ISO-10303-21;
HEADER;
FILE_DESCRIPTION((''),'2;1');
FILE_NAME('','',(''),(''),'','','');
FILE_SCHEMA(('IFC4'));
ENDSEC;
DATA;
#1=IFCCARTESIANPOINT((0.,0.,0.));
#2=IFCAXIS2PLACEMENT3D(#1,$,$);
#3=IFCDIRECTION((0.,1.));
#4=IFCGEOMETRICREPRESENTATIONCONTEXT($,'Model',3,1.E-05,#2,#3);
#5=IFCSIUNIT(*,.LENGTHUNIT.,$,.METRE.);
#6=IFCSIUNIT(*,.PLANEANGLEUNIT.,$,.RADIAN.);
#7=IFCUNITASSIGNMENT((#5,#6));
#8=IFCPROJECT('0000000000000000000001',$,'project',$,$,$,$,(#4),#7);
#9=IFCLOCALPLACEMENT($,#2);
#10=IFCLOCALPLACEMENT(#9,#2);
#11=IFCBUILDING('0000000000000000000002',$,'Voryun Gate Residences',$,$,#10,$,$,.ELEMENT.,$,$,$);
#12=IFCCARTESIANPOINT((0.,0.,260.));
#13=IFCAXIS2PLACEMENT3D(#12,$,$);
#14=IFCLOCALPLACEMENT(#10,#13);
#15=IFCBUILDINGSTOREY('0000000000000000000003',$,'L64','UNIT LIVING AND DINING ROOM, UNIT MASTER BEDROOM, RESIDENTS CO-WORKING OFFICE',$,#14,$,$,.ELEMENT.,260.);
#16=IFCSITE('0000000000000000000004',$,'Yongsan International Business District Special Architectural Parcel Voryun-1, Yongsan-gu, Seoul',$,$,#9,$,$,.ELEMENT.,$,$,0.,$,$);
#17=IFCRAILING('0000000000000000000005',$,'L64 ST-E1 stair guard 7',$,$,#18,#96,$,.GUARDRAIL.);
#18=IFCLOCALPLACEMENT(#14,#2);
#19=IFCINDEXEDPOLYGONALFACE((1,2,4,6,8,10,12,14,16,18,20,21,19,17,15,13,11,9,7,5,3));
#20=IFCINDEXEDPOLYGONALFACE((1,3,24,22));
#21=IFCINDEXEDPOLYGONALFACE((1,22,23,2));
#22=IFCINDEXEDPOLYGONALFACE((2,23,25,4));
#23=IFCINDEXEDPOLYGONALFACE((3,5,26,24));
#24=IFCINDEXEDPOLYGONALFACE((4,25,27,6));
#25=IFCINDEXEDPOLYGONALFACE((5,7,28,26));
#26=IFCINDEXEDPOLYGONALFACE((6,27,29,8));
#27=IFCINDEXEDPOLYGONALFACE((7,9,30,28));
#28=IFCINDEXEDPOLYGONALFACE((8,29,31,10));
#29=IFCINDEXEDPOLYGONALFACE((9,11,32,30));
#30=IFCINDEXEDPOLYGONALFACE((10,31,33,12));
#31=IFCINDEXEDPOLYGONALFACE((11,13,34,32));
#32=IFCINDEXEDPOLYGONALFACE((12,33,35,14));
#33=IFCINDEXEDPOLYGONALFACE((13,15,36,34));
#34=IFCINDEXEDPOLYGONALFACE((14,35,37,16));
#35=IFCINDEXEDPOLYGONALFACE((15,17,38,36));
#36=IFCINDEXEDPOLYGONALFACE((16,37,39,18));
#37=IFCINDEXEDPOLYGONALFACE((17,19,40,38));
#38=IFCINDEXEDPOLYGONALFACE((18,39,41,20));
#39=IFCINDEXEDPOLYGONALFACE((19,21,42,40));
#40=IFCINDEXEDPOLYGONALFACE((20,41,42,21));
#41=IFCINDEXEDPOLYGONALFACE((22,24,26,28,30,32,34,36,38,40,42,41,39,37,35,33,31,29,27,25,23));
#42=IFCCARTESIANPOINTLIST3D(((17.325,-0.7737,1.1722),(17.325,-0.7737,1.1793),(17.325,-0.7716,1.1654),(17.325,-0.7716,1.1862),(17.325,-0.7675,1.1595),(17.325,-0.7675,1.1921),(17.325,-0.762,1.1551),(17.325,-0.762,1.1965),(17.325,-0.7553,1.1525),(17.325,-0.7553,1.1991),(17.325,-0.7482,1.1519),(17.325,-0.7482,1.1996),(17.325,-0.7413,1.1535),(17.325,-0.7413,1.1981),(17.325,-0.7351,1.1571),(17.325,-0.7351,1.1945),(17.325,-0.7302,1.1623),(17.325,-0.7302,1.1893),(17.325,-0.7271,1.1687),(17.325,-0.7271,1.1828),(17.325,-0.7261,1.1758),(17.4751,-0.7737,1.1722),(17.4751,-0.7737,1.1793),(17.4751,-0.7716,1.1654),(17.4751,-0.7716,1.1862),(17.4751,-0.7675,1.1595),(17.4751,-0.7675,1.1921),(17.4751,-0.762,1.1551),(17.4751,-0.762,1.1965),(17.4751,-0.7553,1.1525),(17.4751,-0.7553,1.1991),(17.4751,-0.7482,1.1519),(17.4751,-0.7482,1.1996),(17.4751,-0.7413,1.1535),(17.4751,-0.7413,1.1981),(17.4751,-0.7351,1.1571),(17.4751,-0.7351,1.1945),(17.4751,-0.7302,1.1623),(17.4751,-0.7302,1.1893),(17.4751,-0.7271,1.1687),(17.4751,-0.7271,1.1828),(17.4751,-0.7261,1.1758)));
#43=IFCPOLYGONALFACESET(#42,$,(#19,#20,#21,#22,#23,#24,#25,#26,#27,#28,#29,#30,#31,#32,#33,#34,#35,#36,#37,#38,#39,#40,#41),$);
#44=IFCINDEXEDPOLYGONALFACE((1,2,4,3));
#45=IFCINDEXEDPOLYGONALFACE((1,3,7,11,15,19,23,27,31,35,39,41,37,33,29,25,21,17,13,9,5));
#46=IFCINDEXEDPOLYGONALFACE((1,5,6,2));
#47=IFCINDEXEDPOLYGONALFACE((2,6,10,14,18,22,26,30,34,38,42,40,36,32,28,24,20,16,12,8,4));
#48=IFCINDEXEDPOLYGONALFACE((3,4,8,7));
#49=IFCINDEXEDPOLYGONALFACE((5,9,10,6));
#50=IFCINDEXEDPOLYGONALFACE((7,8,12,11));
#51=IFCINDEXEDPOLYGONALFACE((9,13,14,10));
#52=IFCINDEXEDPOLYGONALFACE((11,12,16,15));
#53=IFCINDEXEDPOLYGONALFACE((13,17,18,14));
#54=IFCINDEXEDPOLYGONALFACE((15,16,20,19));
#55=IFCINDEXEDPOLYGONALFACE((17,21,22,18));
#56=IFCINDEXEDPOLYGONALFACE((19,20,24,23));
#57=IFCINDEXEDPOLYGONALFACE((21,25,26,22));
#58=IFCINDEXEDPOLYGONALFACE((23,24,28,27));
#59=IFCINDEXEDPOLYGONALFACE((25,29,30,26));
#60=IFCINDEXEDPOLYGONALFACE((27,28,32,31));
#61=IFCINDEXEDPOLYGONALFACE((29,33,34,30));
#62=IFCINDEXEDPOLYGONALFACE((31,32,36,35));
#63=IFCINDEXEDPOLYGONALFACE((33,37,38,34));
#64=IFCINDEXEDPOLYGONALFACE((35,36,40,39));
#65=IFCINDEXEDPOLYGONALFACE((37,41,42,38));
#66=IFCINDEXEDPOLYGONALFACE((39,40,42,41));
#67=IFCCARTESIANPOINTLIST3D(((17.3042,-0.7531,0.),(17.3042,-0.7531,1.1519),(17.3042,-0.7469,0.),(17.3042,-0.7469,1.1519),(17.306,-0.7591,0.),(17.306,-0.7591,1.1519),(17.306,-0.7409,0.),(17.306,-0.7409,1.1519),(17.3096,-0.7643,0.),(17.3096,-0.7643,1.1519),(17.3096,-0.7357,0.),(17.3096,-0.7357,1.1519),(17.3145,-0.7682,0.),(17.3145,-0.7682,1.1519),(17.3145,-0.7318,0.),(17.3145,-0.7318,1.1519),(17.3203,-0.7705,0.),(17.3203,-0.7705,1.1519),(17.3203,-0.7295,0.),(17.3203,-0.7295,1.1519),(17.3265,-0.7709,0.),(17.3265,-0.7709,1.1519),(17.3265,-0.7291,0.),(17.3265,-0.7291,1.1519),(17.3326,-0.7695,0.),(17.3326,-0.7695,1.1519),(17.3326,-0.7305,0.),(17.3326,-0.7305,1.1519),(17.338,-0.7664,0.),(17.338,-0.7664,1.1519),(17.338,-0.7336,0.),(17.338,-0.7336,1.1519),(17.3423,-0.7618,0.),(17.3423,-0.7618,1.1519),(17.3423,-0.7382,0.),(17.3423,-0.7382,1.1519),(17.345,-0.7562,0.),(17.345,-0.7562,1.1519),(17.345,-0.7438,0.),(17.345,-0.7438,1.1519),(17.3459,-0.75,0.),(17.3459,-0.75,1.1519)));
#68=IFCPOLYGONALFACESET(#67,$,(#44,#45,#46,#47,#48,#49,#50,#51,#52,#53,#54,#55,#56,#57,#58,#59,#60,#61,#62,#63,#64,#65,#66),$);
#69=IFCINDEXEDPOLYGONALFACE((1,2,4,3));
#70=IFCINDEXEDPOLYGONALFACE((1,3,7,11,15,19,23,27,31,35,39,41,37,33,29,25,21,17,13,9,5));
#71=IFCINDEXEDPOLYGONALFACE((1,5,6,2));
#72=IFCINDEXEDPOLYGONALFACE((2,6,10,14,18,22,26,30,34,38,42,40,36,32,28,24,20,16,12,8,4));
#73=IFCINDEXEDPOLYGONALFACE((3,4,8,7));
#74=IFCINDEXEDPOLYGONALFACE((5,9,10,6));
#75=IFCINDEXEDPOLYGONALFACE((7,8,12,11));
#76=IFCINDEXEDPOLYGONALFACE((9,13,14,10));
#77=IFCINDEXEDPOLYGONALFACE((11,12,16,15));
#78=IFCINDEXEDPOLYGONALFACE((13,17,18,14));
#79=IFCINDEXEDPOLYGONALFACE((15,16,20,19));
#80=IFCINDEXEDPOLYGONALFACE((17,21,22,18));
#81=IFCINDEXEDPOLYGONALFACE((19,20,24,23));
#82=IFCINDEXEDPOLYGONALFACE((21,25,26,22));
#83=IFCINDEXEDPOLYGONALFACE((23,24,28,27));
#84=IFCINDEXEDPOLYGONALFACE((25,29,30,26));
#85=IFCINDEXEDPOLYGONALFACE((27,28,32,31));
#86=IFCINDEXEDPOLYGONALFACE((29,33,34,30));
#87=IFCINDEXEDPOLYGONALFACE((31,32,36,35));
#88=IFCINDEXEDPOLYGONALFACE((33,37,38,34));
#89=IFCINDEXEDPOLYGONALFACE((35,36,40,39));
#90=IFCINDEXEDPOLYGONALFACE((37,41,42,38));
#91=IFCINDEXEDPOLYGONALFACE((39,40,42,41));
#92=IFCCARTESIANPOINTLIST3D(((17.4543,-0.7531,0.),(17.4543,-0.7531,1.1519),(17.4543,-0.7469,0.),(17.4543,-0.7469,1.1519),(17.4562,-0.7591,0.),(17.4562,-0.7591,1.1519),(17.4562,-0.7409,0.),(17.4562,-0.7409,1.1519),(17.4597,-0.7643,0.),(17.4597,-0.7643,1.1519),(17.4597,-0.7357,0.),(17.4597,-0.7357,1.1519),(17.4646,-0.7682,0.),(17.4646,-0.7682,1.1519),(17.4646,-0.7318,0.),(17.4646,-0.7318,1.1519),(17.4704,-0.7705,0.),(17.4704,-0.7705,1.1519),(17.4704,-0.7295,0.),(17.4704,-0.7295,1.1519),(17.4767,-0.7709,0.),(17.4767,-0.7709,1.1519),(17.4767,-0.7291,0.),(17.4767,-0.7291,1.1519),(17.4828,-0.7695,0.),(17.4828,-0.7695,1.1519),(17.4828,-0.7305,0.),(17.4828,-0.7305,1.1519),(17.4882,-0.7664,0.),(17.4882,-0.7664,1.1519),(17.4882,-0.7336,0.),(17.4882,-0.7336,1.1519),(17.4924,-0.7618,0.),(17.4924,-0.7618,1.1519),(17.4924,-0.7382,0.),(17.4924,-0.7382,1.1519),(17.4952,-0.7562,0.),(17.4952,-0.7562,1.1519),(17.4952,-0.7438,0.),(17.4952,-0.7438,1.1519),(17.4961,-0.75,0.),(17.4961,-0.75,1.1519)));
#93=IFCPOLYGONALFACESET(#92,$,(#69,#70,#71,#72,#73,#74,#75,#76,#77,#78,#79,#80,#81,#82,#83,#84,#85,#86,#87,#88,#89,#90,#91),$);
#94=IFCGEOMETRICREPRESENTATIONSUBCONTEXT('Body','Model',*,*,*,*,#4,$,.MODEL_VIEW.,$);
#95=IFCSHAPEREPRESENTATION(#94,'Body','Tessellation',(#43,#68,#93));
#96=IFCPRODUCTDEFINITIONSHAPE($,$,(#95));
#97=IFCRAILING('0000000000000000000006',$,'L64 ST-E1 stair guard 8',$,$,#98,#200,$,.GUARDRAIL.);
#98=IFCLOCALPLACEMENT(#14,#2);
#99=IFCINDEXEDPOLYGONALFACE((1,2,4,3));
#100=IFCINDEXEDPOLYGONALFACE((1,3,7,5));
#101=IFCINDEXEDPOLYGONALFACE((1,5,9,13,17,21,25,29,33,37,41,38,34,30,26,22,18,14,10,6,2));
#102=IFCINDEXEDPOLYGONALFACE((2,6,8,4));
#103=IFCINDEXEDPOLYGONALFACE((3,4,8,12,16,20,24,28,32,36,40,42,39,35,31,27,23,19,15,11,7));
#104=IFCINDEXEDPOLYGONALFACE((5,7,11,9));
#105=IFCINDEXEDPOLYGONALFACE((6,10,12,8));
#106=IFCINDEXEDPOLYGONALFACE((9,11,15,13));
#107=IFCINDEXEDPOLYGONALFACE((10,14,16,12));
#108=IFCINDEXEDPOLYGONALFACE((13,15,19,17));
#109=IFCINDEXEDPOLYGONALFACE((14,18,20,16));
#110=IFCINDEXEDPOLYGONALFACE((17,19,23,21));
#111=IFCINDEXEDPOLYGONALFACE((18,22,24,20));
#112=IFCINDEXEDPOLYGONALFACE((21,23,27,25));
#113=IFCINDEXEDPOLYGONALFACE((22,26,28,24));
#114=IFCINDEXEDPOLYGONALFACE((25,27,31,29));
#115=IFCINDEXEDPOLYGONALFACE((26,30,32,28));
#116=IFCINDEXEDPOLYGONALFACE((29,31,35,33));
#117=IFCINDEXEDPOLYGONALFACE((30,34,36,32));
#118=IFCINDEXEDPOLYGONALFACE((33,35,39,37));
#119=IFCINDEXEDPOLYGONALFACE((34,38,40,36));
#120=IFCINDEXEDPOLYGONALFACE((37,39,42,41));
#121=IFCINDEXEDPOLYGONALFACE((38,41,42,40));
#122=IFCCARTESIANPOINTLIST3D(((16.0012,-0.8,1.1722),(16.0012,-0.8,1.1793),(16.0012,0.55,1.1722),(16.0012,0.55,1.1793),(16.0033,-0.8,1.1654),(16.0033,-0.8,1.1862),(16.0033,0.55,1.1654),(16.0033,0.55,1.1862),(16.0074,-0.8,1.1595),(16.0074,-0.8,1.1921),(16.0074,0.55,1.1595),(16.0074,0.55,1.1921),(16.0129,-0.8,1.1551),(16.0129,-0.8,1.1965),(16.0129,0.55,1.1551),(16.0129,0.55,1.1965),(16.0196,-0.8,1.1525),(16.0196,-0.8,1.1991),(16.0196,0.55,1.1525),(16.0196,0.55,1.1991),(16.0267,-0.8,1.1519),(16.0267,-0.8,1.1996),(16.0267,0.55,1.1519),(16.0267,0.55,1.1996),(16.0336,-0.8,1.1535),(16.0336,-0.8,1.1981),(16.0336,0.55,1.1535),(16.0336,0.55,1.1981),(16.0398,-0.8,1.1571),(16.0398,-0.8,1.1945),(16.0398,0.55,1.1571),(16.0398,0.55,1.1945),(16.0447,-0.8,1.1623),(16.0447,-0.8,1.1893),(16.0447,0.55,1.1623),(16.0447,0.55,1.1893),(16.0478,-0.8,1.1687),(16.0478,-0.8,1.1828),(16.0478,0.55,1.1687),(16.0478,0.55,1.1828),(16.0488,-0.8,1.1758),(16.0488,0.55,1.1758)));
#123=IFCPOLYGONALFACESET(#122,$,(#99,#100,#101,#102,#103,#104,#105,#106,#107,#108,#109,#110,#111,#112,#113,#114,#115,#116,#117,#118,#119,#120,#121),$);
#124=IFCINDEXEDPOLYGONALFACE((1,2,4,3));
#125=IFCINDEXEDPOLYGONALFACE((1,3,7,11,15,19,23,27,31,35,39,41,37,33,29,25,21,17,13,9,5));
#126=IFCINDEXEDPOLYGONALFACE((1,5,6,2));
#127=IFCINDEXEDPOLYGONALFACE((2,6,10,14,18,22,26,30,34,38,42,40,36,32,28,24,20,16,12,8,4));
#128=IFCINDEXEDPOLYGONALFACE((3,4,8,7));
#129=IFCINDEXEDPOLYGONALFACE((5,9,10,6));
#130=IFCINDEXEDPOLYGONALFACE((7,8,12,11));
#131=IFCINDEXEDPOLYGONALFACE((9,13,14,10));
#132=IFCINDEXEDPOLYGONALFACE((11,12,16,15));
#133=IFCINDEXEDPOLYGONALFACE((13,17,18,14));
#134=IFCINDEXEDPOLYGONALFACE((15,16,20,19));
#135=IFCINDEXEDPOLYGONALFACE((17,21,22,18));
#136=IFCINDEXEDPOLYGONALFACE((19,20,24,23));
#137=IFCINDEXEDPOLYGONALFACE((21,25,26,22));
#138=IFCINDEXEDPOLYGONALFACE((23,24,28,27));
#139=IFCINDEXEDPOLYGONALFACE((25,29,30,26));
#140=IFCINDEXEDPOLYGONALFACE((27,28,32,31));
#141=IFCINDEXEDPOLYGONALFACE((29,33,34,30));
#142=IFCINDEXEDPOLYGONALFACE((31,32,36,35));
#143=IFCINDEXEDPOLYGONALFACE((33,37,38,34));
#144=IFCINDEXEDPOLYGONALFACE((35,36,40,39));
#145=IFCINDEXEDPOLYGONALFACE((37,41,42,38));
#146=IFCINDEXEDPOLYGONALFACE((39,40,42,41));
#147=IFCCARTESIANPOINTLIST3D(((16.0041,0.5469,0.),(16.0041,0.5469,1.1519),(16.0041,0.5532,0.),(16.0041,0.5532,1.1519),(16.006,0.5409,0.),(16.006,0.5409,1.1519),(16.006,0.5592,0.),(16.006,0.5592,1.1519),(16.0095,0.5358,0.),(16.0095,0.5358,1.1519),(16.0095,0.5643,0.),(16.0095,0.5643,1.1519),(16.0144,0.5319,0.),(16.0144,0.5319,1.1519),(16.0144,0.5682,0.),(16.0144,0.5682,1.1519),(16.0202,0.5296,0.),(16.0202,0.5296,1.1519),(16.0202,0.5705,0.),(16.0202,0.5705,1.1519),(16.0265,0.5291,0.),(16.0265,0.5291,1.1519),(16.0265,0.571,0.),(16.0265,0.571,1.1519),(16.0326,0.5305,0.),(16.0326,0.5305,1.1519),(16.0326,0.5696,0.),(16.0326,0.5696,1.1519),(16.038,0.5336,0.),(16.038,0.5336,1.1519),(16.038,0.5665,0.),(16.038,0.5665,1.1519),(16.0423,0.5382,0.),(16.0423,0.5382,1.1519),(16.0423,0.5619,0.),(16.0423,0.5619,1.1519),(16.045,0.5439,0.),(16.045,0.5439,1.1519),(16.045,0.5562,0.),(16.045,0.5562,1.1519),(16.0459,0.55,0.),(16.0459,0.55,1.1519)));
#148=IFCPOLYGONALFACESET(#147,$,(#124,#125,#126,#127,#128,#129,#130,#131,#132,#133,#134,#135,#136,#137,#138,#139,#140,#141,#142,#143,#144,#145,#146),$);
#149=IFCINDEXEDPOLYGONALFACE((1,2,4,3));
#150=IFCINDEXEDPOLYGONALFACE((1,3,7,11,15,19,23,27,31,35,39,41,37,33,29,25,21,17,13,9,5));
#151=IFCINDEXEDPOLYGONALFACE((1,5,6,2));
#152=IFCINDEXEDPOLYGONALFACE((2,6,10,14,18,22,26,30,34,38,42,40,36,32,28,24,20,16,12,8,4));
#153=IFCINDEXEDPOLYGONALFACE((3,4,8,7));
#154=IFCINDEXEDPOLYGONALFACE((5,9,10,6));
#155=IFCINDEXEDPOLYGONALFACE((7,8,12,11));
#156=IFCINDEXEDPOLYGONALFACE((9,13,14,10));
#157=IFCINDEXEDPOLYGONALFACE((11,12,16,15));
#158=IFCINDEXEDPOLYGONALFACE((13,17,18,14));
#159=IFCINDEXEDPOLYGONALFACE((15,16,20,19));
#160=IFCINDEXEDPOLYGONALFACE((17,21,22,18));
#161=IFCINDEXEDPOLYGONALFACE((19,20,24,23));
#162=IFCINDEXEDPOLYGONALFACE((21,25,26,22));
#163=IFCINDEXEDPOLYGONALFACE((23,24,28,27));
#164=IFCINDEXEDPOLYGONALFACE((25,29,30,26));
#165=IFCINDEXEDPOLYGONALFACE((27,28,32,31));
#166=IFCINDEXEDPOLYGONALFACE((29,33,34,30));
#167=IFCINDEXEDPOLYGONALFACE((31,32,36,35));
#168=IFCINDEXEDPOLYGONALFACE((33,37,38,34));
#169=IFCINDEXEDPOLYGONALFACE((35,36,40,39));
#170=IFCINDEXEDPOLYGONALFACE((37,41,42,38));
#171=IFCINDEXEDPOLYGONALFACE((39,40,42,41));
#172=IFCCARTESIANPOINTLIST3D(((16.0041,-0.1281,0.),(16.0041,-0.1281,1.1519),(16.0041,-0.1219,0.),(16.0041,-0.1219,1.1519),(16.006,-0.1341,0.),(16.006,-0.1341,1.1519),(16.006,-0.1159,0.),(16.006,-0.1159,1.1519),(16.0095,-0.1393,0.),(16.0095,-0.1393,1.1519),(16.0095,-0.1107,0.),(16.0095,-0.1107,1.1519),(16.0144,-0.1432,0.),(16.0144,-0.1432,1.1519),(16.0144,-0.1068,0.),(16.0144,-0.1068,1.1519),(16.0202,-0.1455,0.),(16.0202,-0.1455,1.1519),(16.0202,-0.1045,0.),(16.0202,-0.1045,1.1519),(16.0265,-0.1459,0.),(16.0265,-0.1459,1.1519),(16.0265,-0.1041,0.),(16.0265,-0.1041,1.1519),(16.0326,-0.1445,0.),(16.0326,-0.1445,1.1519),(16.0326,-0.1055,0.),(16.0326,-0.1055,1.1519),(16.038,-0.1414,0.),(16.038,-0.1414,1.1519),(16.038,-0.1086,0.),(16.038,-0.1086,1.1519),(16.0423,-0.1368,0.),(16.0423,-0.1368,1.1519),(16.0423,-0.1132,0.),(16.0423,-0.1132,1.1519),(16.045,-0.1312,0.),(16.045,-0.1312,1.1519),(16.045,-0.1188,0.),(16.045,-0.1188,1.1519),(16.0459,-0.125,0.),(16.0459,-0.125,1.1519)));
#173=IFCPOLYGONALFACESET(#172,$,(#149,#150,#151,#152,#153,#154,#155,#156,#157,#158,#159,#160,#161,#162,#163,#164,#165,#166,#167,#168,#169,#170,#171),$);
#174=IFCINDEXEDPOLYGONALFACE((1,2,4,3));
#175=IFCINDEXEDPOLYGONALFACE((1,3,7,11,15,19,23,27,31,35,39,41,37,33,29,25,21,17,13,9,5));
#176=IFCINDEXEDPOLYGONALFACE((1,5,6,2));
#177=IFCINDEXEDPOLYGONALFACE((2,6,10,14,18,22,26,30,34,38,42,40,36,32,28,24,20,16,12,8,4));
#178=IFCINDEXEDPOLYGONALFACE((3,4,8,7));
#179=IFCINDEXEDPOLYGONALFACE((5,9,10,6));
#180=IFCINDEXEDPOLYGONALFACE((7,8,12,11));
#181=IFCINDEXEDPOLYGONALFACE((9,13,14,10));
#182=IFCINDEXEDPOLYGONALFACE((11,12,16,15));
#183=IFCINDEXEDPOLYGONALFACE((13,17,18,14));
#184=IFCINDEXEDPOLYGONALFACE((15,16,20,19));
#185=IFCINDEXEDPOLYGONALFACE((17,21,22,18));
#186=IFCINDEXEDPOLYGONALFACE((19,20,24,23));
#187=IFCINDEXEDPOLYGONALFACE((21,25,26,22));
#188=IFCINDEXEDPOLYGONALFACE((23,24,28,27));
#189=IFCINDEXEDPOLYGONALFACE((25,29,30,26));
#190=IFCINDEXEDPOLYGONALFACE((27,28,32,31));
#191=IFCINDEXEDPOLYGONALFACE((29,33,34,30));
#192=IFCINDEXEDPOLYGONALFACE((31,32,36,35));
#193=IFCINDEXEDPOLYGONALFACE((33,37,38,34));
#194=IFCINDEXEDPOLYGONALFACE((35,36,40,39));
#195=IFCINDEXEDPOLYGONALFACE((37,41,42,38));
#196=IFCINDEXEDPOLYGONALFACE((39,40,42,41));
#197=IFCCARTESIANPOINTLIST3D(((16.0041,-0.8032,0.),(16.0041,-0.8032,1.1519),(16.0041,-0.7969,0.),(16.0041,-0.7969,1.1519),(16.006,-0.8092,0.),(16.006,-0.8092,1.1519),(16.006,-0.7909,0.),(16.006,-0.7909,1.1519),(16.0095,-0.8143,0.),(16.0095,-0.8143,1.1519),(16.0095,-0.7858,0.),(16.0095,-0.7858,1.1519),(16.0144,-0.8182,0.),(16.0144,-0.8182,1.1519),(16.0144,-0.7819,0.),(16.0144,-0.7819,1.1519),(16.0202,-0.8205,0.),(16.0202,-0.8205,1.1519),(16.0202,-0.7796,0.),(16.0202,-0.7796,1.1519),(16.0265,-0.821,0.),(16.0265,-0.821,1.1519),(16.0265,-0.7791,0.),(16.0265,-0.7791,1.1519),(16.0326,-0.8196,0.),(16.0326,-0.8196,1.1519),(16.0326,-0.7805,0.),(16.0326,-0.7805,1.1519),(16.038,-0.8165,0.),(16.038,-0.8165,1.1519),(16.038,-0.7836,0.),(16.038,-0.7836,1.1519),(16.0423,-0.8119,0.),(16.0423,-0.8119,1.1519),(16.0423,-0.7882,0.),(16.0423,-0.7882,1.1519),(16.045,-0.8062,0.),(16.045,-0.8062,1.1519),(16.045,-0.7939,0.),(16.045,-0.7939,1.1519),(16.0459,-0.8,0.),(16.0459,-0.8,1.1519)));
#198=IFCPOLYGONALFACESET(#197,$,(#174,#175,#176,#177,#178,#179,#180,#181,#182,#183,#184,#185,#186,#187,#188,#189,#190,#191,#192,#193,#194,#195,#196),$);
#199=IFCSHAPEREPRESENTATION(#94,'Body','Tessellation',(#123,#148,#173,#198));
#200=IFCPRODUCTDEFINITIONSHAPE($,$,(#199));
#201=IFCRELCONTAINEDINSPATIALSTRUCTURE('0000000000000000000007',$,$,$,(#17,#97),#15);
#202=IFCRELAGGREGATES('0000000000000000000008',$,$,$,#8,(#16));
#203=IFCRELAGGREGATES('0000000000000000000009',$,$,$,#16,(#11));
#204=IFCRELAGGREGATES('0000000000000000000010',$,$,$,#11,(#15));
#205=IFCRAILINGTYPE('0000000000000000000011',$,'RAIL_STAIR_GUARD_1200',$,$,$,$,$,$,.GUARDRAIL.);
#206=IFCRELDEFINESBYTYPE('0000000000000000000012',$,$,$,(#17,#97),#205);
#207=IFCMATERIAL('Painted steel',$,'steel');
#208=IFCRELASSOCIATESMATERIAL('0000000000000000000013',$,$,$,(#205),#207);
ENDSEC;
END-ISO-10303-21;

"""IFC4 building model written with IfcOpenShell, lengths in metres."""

from ifc_helpers import new_model, si_unit, direction, frame, origin, origin_2d, place, context, subcontext, project, spatial, circle, extrude, material, type_object, element, save


model = new_model("IFC4")

# Units and contexts
model_context = context("Model", 3, precision=1e-05, world=origin(), true_north=direction((0.0, 1.0)))
body_context = subcontext(model_context, "Body", "Model", "MODEL_VIEW")
ifc_project = project(units=[si_unit("LENGTHUNIT", "METRE"), si_unit("PLANEANGLEUNIT", "RADIAN")], contexts=[model_context])

# Site, building, storey
site_placement = place(None, origin())
site = spatial("IfcSite", under=ifc_project, at=site_placement, Name="Yongsan International Business District Special Architectural Parcel Voryun-1, Yongsan-gu, Seoul", CompositionType="ELEMENT", RefElevation=0.0)
building_placement = place(site_placement, origin())
building = spatial("IfcBuilding", under=site, at=building_placement, Name="Voryun Gate Residences", CompositionType="ELEMENT")
storey_placement = place(building_placement, frame((0.0, 0.0, 260.0)))
storey = spatial("IfcBuildingStorey", under=building, at=storey_placement, Name="L64", Description="UNIT LIVING AND DINING ROOM, UNIT MASTER BEDROOM, RESIDENTS CO-WORKING OFFICE", CompositionType="ELEMENT", Elevation=260.0)

# Railings
ifc_material_1 = material(Name="Painted steel", Category="steel")
railing_type_1 = type_object("IfcRailingType", Name="RAIL_STAIR_GUARD_1200", PredefinedType="GUARDRAIL", material=ifc_material_1)
railing_1_placement = place(storey_placement, frame((17.325, -0.75, 0.0)))
element("IfcRailing", 1, at=railing_1_placement, inside=storey, type_object=railing_type_1, Name="L64 ST-E1 stair guard 7", PredefinedType="GUARDRAIL", context=body_context, shape_type="SweptSolid", body=[
    extrude(circle(Radius=0.0239, at=origin_2d()), frame((0.0, 0.0, 1.1758), z_axis=(1.0, 0.0, 0.0), x_axis=(0.0, 1.0, 0.0)), (0.0, 0.0, 1.0), 0.1501),
    extrude(circle(Radius=0.021, at=origin_2d()), origin(), (0.0, 0.0, 1.0), 1.1519),
    extrude(circle(Radius=0.021, at=origin_2d()), frame((0.1501, 0.0, 0.0)), (0.0, 0.0, 1.0), 1.1519),
])
for number, where, name in (
    (2, (16.0249, 0.55, 0.0), "L64 ST-E1 stair guard 8"),
):
    element("IfcRailing", number, at=place(storey_placement, frame(where)), inside=storey, type_object=railing_type_1, Name=name, PredefinedType="GUARDRAIL", context=body_context, shape_type="SweptSolid", body=[
        extrude(circle(Radius=0.0239, at=origin_2d()), frame((0.0, 0.0, 1.1758), z_axis=(0.0, -1.0, 0.0), x_axis=(1.0, 0.0, 0.0)), (0.0, 0.0, 1.0), 1.3501),
        extrude(circle(Radius=0.021, at=origin_2d()), origin(), (0.0, 0.0, 1.0), 1.1519),
        extrude(circle(Radius=0.021, at=origin_2d()), frame((0.0, -0.675, 0.0)), (0.0, 0.0, 1.0), 1.1519),
        extrude(circle(Radius=0.021, at=origin_2d()), frame((0.0, -1.3501, 0.0)), (0.0, 0.0, 1.0), 1.1519),
    ])

save(model, "model.ifc")
